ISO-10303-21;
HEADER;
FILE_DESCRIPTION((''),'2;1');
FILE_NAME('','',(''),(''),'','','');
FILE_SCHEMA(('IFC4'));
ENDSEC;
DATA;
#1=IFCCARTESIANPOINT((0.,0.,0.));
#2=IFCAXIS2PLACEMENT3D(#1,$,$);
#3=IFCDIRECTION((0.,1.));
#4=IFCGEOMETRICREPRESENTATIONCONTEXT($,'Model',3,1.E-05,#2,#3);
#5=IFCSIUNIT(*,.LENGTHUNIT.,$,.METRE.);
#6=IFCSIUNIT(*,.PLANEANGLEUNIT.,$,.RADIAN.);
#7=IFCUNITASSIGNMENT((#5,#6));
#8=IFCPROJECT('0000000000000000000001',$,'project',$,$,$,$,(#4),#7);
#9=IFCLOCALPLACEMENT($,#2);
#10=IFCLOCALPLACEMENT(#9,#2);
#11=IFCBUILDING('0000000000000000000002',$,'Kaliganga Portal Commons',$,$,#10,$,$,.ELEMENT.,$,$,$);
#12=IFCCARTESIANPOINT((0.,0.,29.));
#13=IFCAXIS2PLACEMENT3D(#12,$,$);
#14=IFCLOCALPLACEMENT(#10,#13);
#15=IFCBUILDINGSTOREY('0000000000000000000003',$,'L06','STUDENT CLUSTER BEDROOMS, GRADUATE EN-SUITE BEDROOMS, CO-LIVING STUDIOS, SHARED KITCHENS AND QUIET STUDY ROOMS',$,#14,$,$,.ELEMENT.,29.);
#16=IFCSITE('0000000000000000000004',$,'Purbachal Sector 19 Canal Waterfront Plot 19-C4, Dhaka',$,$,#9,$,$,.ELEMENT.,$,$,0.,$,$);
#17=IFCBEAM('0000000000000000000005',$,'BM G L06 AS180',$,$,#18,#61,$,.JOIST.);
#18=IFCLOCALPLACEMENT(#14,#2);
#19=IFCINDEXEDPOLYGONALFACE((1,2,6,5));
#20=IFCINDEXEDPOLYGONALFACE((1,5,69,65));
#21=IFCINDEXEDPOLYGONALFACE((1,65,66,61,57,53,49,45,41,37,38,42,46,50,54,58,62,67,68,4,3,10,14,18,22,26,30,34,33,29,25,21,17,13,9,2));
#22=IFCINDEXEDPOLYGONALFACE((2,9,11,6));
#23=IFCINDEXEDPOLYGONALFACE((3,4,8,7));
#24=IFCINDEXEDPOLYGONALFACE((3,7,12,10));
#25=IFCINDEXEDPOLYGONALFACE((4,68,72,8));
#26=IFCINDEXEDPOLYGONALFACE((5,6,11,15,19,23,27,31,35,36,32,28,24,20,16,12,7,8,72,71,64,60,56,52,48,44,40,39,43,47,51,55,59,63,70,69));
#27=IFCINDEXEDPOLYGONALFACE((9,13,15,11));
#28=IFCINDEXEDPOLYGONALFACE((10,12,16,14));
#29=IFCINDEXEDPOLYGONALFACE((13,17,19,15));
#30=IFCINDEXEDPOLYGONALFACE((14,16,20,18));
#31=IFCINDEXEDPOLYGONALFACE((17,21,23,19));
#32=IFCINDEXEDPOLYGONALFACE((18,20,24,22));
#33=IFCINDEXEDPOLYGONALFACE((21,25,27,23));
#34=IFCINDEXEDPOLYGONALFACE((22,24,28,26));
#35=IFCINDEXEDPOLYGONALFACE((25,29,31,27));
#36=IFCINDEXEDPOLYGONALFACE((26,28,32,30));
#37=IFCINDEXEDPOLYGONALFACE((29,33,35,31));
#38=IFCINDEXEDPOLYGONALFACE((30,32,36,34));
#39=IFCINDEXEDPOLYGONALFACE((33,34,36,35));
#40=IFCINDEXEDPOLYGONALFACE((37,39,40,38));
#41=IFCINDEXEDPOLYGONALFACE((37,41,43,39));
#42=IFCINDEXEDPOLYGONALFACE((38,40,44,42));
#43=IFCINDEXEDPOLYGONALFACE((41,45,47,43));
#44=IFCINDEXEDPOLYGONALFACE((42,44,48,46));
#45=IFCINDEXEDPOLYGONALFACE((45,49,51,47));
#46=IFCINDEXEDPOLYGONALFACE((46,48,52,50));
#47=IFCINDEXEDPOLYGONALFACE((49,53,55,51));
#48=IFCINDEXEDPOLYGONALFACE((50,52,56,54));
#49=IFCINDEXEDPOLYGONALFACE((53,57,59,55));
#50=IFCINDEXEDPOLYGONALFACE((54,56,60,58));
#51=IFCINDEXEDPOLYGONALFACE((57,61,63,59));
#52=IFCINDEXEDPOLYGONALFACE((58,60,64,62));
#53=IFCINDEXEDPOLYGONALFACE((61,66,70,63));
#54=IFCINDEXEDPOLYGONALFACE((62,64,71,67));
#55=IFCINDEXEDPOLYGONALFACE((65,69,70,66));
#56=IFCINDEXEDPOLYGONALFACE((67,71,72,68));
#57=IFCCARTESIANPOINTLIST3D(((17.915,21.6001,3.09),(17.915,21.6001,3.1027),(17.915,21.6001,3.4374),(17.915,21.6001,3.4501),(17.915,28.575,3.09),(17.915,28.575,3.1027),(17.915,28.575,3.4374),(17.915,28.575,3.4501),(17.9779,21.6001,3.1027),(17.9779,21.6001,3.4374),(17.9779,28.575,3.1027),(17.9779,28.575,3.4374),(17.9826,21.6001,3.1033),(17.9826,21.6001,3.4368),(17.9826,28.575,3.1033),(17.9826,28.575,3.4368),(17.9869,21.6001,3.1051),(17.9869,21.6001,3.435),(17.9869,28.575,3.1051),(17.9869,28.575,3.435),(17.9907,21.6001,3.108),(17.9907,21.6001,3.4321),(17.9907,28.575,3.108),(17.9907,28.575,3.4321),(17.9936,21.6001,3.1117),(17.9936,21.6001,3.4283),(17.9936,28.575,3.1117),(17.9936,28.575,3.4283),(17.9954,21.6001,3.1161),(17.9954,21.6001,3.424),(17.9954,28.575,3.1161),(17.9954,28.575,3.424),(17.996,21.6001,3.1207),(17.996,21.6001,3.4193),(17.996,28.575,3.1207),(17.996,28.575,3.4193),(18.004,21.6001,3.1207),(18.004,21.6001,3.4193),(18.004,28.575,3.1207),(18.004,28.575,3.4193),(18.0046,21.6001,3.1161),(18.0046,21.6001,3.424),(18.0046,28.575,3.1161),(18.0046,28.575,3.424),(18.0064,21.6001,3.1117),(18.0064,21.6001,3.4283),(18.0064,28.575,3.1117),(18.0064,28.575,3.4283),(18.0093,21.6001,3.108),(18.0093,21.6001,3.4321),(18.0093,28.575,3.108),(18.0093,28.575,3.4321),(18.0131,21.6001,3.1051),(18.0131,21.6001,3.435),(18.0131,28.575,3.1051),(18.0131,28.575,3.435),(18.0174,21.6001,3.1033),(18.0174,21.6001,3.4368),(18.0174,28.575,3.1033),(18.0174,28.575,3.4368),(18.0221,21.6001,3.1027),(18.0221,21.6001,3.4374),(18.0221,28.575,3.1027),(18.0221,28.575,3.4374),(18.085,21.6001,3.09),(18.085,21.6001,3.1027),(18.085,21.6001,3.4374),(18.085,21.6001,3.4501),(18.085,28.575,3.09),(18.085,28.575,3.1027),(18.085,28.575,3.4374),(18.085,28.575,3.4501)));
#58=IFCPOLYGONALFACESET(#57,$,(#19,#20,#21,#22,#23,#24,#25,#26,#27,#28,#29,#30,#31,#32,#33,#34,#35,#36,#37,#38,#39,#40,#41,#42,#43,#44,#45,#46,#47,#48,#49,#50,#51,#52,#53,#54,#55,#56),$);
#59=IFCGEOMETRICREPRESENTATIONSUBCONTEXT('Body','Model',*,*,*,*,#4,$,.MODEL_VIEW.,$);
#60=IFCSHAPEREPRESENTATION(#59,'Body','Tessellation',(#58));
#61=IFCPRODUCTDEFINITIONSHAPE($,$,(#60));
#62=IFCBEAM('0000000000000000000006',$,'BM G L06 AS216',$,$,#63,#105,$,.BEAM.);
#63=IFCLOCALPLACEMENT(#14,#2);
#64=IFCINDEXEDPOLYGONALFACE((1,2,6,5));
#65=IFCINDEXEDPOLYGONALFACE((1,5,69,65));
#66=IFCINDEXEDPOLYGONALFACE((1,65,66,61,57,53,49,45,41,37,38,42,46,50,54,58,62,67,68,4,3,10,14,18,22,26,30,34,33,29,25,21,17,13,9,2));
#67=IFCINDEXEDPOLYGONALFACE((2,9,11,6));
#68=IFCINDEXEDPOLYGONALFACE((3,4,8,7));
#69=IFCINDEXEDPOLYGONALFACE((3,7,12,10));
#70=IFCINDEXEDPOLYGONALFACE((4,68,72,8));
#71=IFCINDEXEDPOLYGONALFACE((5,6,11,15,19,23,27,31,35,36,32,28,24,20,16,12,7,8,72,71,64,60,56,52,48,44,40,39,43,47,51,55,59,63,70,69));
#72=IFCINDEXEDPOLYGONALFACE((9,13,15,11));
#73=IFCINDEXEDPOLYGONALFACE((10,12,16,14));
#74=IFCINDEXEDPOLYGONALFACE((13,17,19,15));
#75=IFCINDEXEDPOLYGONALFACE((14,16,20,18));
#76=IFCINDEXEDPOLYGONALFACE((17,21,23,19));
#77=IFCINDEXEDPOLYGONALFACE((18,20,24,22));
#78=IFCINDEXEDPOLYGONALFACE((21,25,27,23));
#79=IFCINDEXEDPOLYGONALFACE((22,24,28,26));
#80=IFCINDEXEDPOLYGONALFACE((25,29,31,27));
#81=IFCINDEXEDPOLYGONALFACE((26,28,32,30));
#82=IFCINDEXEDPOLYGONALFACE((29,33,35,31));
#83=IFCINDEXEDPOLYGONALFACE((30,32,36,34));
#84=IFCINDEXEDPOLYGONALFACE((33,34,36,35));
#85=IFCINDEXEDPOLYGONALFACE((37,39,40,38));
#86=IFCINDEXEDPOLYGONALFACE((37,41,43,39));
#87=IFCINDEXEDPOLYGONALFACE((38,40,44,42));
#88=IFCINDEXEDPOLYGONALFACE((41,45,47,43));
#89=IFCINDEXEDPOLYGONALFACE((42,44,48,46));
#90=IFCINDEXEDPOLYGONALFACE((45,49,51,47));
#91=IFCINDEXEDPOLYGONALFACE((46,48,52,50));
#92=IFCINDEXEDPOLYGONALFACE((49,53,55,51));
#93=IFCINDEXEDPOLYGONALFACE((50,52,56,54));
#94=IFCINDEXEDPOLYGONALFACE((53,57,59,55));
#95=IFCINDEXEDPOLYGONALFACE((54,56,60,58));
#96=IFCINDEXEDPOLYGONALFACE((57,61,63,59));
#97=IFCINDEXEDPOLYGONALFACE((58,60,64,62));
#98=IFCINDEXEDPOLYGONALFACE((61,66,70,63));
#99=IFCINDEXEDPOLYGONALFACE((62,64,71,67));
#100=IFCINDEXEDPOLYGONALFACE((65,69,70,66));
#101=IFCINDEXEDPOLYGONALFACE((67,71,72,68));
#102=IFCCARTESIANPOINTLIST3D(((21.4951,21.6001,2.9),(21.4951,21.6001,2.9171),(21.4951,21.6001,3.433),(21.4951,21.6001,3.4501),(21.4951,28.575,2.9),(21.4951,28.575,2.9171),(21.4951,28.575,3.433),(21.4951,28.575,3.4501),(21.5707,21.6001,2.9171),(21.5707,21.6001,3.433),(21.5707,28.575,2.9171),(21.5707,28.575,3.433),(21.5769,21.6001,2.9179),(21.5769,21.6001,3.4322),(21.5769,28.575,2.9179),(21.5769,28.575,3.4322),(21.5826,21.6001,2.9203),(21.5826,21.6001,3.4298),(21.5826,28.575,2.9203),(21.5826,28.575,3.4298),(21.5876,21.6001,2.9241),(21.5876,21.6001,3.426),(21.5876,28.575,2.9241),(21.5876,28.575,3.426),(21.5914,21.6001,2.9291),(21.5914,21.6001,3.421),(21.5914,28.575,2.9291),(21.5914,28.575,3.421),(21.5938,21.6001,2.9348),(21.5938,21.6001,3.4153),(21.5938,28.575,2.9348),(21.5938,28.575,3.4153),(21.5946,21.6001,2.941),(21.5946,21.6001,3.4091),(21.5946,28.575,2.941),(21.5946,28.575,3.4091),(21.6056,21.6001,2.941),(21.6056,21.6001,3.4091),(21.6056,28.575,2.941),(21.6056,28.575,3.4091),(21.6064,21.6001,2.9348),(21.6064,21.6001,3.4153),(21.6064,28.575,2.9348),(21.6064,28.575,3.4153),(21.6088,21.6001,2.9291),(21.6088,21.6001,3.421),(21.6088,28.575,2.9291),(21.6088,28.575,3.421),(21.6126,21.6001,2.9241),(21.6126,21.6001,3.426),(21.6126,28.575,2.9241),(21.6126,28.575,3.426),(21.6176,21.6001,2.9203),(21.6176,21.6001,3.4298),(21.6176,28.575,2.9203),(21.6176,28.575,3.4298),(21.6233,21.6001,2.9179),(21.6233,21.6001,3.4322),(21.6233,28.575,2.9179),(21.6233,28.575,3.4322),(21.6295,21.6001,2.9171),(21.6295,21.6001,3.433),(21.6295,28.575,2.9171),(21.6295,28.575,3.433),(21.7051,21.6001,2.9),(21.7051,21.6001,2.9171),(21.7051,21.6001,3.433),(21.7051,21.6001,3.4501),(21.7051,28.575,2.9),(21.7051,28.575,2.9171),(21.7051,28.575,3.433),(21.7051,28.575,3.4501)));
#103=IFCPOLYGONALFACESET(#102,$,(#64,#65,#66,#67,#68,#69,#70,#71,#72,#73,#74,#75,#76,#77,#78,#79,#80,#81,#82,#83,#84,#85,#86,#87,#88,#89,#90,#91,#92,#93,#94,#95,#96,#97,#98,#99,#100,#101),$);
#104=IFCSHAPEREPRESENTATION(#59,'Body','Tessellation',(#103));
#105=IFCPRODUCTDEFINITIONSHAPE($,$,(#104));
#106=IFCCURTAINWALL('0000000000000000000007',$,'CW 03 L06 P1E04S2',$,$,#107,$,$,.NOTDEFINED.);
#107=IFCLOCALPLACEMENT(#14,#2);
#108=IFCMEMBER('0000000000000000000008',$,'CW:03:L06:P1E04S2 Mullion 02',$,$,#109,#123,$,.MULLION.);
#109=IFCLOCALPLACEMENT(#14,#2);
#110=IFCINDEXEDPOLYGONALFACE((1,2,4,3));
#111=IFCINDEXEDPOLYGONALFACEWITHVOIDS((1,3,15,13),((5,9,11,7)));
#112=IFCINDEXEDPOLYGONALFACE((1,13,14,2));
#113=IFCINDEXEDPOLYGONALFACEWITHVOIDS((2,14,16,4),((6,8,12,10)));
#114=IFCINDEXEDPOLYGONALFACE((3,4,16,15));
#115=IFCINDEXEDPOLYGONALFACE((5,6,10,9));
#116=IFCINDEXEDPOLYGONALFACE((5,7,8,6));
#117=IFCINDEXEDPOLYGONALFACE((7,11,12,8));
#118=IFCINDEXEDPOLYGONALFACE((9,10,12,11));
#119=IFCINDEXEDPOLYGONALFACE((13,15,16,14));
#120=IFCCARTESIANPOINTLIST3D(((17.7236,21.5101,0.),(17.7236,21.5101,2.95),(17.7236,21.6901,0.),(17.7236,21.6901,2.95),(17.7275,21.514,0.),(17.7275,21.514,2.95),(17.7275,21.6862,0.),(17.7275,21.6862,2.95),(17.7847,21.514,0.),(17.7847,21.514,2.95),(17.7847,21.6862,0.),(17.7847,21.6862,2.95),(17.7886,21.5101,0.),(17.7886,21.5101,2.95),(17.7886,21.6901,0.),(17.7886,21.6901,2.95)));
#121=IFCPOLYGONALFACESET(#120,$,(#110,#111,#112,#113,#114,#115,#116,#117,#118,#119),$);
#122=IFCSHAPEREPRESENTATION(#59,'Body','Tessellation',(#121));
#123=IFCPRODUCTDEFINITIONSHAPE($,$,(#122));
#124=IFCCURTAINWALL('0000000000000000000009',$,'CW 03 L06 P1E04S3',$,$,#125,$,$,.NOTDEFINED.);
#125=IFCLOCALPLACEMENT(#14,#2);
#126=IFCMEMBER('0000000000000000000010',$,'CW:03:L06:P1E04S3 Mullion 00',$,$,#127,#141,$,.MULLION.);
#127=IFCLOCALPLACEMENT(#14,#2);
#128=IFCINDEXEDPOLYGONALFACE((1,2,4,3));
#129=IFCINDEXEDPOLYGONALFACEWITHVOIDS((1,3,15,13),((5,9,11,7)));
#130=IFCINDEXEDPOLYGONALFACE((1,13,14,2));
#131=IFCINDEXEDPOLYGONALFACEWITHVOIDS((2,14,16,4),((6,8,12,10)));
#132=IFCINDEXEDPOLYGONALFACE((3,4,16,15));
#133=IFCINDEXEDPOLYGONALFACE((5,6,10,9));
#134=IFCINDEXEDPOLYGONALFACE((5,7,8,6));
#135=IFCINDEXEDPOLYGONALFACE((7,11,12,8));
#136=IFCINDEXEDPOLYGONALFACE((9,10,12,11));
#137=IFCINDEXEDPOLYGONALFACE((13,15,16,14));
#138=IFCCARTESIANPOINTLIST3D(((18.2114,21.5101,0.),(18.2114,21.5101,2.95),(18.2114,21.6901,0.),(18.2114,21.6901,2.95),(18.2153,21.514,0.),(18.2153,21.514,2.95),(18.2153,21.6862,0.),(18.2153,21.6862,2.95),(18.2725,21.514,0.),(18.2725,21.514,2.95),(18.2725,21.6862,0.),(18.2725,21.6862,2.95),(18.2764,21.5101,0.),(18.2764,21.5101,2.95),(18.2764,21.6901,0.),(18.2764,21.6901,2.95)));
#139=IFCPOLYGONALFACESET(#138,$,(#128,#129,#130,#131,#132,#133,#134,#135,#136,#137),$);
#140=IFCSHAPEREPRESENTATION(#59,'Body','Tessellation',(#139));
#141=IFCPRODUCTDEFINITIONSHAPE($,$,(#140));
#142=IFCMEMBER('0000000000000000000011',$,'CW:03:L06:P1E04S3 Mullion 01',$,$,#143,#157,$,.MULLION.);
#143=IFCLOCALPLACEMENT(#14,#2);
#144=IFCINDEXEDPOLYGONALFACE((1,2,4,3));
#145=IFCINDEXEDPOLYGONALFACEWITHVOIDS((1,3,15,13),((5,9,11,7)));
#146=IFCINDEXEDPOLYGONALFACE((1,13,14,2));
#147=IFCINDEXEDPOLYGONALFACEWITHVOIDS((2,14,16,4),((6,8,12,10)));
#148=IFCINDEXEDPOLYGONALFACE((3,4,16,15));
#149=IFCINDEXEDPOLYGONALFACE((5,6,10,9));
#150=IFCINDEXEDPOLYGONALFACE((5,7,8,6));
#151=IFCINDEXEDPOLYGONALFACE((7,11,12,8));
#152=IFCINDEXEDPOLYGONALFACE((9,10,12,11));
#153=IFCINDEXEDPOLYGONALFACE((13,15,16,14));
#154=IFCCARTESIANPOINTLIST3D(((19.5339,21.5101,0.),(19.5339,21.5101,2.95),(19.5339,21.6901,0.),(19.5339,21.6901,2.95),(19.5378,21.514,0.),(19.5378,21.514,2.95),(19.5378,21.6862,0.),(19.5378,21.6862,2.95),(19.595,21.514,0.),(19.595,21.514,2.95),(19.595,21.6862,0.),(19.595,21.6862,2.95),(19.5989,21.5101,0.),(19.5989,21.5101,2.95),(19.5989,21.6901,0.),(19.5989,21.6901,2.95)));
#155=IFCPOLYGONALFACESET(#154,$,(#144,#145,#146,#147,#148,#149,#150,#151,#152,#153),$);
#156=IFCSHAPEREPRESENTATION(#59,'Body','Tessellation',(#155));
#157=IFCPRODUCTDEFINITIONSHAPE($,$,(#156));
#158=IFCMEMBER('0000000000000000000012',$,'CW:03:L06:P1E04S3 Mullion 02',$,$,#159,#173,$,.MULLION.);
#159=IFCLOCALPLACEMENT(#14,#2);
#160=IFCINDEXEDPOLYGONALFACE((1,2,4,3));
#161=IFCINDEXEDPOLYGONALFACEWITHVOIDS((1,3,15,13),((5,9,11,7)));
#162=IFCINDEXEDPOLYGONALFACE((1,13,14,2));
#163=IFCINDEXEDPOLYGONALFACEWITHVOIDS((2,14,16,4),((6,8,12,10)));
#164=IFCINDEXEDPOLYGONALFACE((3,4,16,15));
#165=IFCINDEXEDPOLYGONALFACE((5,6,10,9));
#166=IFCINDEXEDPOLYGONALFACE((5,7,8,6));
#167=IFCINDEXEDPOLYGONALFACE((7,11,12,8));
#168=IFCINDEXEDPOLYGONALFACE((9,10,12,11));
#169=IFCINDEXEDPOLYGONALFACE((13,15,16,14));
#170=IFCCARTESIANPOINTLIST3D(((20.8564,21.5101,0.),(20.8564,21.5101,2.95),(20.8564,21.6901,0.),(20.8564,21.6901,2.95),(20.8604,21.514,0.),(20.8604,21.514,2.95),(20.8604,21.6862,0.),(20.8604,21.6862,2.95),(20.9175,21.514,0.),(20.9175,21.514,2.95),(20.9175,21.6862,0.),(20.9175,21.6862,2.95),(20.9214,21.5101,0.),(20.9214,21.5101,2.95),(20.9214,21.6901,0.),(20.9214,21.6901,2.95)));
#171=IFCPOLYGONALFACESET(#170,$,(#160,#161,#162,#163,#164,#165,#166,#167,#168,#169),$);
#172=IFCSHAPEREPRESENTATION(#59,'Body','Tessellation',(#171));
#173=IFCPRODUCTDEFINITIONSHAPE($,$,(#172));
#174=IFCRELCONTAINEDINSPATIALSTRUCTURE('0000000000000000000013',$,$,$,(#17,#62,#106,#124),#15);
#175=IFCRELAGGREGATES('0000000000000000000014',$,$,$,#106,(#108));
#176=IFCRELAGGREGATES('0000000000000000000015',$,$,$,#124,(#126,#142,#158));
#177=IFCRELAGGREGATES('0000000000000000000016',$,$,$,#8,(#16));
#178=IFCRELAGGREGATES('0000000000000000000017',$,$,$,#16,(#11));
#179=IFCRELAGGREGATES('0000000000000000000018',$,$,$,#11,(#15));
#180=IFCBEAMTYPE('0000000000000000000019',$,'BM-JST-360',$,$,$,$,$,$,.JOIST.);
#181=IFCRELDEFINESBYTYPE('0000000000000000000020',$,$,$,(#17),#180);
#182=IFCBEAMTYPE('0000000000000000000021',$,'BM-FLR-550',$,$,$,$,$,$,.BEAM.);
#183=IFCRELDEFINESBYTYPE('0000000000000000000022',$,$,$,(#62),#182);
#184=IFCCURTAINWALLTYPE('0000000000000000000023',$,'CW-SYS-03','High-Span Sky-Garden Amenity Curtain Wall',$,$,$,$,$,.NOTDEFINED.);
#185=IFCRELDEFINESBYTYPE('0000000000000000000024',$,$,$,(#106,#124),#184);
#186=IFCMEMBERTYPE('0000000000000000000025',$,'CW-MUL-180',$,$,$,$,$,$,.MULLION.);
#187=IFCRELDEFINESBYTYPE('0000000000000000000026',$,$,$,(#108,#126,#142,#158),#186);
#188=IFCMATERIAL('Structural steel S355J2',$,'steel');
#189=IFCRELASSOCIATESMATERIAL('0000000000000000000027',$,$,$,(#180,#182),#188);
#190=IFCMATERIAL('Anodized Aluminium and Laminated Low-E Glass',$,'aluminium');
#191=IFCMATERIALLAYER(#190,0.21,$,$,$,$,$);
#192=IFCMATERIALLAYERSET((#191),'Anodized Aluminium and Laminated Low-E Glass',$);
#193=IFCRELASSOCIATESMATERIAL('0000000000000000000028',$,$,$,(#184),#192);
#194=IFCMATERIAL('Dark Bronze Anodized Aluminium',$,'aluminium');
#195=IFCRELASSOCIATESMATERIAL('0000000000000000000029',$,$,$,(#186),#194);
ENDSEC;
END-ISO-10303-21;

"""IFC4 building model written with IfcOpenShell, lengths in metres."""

from ifc_helpers import new_model, si_unit, direction, frame, origin, origin_2d, place, context, subcontext, project, spatial, hollow_rectangle, i_section, extrude, source, transform, mapped, material, layer, layer_set, material_profile, profile_set, type_object, element, aggregate, save


model = new_model("IFC4")

# Units and contexts
model_context = context("Model", 3, precision=1e-05, world=origin(), true_north=direction((0.0, 1.0)))
body_context = subcontext(model_context, "Body", "Model", "MODEL_VIEW")
ifc_project = project(units=[si_unit("LENGTHUNIT", "METRE"), si_unit("PLANEANGLEUNIT", "RADIAN")], contexts=[model_context])

# Site, building, storey
site_placement = place(None, origin())
site = spatial("IfcSite", under=ifc_project, at=site_placement, Name="Purbachal Sector 19 Canal Waterfront Plot 19-C4, Dhaka", CompositionType="ELEMENT", RefElevation=0.0)
building_placement = place(site_placement, origin())
building = spatial("IfcBuilding", under=site, at=building_placement, Name="Kaliganga Portal Commons", CompositionType="ELEMENT")
storey_placement = place(building_placement, frame((0.0, 0.0, 29.0)))
storey = spatial("IfcBuildingStorey", under=building, at=storey_placement, Name="L06", Description="STUDENT CLUSTER BEDROOMS, GRADUATE EN-SUITE BEDROOMS, CO-LIVING STUDIOS, SHARED KITCHENS AND QUIET STUDY ROOMS", CompositionType="ELEMENT", Elevation=29.0)

# Beams
ifc_material_1 = material(Name="Structural steel S355J2", Category="steel")
ifc_material_profile_1 = material_profile(ifc_material_1, i_section(OverallWidth=0.1699, OverallDepth=0.3601, WebThickness=0.0081, FlangeThickness=0.0127, FilletRadius=0.0181, at=origin_2d()), Name="IPE 360")
ifc_profile_set_1 = profile_set([ifc_material_profile_1], Name="Structural steel S355J2 wide-flange")
beam_type_1 = type_object("IfcBeamType", Name="BM-JST-360", PredefinedType="JOIST", material=ifc_profile_set_1)
shared_shape_1 = source(origin(), body_context, "Body", "SweptSolid", [
    extrude(i_section(OverallWidth=0.1699, OverallDepth=0.3601, WebThickness=0.0081, FlangeThickness=0.0127, FilletRadius=0.0181, at=origin_2d()), origin(), (0.0, 0.0, 1.0), 6.9749),
])
beam_1_placement = place(storey_placement, frame((18.0, 21.6001, 3.27), z_axis=(0.0, 1.0, 0.0), x_axis=(-1.0, 0.0, 0.0)))
element("IfcBeam", 1, at=beam_1_placement, inside=storey, type_object=beam_type_1, Name="BM G L06 AS180", PredefinedType="JOIST", context=body_context, shape_type="MappedRepresentation", body=[
    mapped(shared_shape_1, transform((0.0, 0.0, 0.0), x_axis=(1.0, 0.0, 0.0), y_axis=(0.0, 1.0, 0.0), z_axis=(0.0, 0.0, 1.0), scale=1.0)),
])
ifc_material_profile_2 = material_profile(ifc_material_1, i_section(OverallWidth=0.21, OverallDepth=0.55, WebThickness=0.011, FlangeThickness=0.0171, FilletRadius=0.0239, at=origin_2d()), Name="IPE 550")
ifc_profile_set_2 = profile_set([ifc_material_profile_2], Name="Structural steel S355J2 wide-flange")
beam_type_2 = type_object("IfcBeamType", Name="BM-FLR-550", PredefinedType="BEAM", material=ifc_profile_set_2)
shared_shape_2 = source(origin(), body_context, "Body", "SweptSolid", [
    extrude(i_section(OverallWidth=0.21, OverallDepth=0.55, WebThickness=0.011, FlangeThickness=0.0171, FilletRadius=0.0239, at=origin_2d()), origin(), (0.0, 0.0, 1.0), 6.9749),
])
beam_2_placement = place(storey_placement, frame((21.6001, 21.6001, 3.175), z_axis=(0.0, 1.0, 0.0), x_axis=(-1.0, 0.0, 0.0)))
element("IfcBeam", 2, at=beam_2_placement, inside=storey, type_object=beam_type_2, Name="BM G L06 AS216", PredefinedType="BEAM", context=body_context, shape_type="MappedRepresentation", body=[
    mapped(shared_shape_2, transform((0.0, 0.0, 0.0), x_axis=(1.0, 0.0, 0.0), y_axis=(0.0, 1.0, 0.0), z_axis=(0.0, 0.0, 1.0), scale=1.0)),
])

# Curtain wall, member
ifc_material_2 = material(Name="Anodized Aluminium and Laminated Low-E Glass", Category="aluminium")
ifc_layer_1 = layer(ifc_material_2, 0.21)
ifc_layer_set_1 = layer_set([ifc_layer_1], Name="Anodized Aluminium and Laminated Low-E Glass")
curtain_wall_type = type_object("IfcCurtainWallType", Name="CW-SYS-03", Description="High-Span Sky-Garden Amenity Curtain Wall", PredefinedType="NOTDEFINED", material=ifc_layer_set_1)
curtain_wall_1_placement = place(storey_placement, origin())
curtain_wall_1 = element("IfcCurtainWall", 3, at=curtain_wall_1_placement, inside=storey, type_object=curtain_wall_type, Name="CW 03 L06 P1E04S2", PredefinedType="NOTDEFINED")
ifc_material_3 = material(Name="Dark Bronze Anodized Aluminium", Category="aluminium")
ifc_material_profile_3 = material_profile(ifc_material_3, hollow_rectangle(XDim=0.0649, YDim=0.1799, WallThickness=0.0039, at=origin_2d()), Name="ALU MULL 65x180x4")
ifc_profile_set_3 = profile_set([ifc_material_profile_3], Name="Dark Bronze Anodized Aluminium")
member_type_1 = type_object("IfcMemberType", Name="CW-MUL-180", PredefinedType="MULLION", material=ifc_profile_set_3)
shared_shape_3 = source(origin(), body_context, "Body", "SweptSolid", [
    extrude(hollow_rectangle(XDim=0.0649, YDim=0.1799, WallThickness=0.0039, at=origin_2d()), origin(), (0.0, 0.0, 1.0), 2.95),
])
member_1_placement = place(storey_placement, frame((17.7561, 21.6001, 0.0), z_axis=(0.0, 0.0, 1.0), x_axis=(1.0, 0.0, 0.0)))
member_1 = element("IfcMember", 4, at=member_1_placement, type_object=member_type_1, Name="CW:03:L06:P1E04S2 Mullion 02", PredefinedType="MULLION", context=body_context, shape_type="MappedRepresentation", body=[
    mapped(shared_shape_3, transform((0.0, 0.0, 0.0), x_axis=(1.0, 0.0, 0.0), y_axis=(0.0, 1.0, 0.0), z_axis=(0.0, 0.0, 1.0), scale=1.0)),
])

# Curtain wall, members
curtain_wall_2_placement = place(storey_placement, origin())
curtain_wall_2 = element("IfcCurtainWall", 5, at=curtain_wall_2_placement, inside=storey, type_object=curtain_wall_type, Name="CW 03 L06 P1E04S3", PredefinedType="NOTDEFINED")
member_2_placement = place(storey_placement, frame((18.2439, 21.6001, 0.0), z_axis=(0.0, 0.0, 1.0), x_axis=(1.0, 0.0, 0.0)))
member_2 = element("IfcMember", 6, at=member_2_placement, type_object=member_type_1, Name="CW:03:L06:P1E04S3 Mullion 00", PredefinedType="MULLION", context=body_context, shape_type="MappedRepresentation", body=[
    mapped(shared_shape_3, transform((0.0, 0.0, 0.0), x_axis=(1.0, 0.0, 0.0), y_axis=(0.0, 1.0, 0.0), z_axis=(0.0, 0.0, 1.0), scale=1.0)),
])
member_3_placement = place(storey_placement, frame((19.5664, 21.6001, 0.0), z_axis=(0.0, 0.0, 1.0), x_axis=(1.0, 0.0, 0.0)))
member_3 = element("IfcMember", 7, at=member_3_placement, type_object=member_type_1, Name="CW:03:L06:P1E04S3 Mullion 01", PredefinedType="MULLION", context=body_context, shape_type="MappedRepresentation", body=[
    mapped(shared_shape_3, transform((0.0, 0.0, 0.0), x_axis=(1.0, 0.0, 0.0), y_axis=(0.0, 1.0, 0.0), z_axis=(0.0, 0.0, 1.0), scale=1.0)),
])
member_4_placement = place(storey_placement, frame((20.8889, 21.6001, 0.0), z_axis=(0.0, 0.0, 1.0), x_axis=(1.0, 0.0, 0.0)))
member_4 = element("IfcMember", 8, at=member_4_placement, type_object=member_type_1, Name="CW:03:L06:P1E04S3 Mullion 02", PredefinedType="MULLION", context=body_context, shape_type="MappedRepresentation", body=[
    mapped(shared_shape_3, transform((0.0, 0.0, 0.0), x_axis=(1.0, 0.0, 0.0), y_axis=(0.0, 1.0, 0.0), z_axis=(0.0, 0.0, 1.0), scale=1.0)),
])

aggregate(curtain_wall_1, [member_1])
aggregate(curtain_wall_2, [member_2, member_3, member_4])

save(model, "model.ifc")
